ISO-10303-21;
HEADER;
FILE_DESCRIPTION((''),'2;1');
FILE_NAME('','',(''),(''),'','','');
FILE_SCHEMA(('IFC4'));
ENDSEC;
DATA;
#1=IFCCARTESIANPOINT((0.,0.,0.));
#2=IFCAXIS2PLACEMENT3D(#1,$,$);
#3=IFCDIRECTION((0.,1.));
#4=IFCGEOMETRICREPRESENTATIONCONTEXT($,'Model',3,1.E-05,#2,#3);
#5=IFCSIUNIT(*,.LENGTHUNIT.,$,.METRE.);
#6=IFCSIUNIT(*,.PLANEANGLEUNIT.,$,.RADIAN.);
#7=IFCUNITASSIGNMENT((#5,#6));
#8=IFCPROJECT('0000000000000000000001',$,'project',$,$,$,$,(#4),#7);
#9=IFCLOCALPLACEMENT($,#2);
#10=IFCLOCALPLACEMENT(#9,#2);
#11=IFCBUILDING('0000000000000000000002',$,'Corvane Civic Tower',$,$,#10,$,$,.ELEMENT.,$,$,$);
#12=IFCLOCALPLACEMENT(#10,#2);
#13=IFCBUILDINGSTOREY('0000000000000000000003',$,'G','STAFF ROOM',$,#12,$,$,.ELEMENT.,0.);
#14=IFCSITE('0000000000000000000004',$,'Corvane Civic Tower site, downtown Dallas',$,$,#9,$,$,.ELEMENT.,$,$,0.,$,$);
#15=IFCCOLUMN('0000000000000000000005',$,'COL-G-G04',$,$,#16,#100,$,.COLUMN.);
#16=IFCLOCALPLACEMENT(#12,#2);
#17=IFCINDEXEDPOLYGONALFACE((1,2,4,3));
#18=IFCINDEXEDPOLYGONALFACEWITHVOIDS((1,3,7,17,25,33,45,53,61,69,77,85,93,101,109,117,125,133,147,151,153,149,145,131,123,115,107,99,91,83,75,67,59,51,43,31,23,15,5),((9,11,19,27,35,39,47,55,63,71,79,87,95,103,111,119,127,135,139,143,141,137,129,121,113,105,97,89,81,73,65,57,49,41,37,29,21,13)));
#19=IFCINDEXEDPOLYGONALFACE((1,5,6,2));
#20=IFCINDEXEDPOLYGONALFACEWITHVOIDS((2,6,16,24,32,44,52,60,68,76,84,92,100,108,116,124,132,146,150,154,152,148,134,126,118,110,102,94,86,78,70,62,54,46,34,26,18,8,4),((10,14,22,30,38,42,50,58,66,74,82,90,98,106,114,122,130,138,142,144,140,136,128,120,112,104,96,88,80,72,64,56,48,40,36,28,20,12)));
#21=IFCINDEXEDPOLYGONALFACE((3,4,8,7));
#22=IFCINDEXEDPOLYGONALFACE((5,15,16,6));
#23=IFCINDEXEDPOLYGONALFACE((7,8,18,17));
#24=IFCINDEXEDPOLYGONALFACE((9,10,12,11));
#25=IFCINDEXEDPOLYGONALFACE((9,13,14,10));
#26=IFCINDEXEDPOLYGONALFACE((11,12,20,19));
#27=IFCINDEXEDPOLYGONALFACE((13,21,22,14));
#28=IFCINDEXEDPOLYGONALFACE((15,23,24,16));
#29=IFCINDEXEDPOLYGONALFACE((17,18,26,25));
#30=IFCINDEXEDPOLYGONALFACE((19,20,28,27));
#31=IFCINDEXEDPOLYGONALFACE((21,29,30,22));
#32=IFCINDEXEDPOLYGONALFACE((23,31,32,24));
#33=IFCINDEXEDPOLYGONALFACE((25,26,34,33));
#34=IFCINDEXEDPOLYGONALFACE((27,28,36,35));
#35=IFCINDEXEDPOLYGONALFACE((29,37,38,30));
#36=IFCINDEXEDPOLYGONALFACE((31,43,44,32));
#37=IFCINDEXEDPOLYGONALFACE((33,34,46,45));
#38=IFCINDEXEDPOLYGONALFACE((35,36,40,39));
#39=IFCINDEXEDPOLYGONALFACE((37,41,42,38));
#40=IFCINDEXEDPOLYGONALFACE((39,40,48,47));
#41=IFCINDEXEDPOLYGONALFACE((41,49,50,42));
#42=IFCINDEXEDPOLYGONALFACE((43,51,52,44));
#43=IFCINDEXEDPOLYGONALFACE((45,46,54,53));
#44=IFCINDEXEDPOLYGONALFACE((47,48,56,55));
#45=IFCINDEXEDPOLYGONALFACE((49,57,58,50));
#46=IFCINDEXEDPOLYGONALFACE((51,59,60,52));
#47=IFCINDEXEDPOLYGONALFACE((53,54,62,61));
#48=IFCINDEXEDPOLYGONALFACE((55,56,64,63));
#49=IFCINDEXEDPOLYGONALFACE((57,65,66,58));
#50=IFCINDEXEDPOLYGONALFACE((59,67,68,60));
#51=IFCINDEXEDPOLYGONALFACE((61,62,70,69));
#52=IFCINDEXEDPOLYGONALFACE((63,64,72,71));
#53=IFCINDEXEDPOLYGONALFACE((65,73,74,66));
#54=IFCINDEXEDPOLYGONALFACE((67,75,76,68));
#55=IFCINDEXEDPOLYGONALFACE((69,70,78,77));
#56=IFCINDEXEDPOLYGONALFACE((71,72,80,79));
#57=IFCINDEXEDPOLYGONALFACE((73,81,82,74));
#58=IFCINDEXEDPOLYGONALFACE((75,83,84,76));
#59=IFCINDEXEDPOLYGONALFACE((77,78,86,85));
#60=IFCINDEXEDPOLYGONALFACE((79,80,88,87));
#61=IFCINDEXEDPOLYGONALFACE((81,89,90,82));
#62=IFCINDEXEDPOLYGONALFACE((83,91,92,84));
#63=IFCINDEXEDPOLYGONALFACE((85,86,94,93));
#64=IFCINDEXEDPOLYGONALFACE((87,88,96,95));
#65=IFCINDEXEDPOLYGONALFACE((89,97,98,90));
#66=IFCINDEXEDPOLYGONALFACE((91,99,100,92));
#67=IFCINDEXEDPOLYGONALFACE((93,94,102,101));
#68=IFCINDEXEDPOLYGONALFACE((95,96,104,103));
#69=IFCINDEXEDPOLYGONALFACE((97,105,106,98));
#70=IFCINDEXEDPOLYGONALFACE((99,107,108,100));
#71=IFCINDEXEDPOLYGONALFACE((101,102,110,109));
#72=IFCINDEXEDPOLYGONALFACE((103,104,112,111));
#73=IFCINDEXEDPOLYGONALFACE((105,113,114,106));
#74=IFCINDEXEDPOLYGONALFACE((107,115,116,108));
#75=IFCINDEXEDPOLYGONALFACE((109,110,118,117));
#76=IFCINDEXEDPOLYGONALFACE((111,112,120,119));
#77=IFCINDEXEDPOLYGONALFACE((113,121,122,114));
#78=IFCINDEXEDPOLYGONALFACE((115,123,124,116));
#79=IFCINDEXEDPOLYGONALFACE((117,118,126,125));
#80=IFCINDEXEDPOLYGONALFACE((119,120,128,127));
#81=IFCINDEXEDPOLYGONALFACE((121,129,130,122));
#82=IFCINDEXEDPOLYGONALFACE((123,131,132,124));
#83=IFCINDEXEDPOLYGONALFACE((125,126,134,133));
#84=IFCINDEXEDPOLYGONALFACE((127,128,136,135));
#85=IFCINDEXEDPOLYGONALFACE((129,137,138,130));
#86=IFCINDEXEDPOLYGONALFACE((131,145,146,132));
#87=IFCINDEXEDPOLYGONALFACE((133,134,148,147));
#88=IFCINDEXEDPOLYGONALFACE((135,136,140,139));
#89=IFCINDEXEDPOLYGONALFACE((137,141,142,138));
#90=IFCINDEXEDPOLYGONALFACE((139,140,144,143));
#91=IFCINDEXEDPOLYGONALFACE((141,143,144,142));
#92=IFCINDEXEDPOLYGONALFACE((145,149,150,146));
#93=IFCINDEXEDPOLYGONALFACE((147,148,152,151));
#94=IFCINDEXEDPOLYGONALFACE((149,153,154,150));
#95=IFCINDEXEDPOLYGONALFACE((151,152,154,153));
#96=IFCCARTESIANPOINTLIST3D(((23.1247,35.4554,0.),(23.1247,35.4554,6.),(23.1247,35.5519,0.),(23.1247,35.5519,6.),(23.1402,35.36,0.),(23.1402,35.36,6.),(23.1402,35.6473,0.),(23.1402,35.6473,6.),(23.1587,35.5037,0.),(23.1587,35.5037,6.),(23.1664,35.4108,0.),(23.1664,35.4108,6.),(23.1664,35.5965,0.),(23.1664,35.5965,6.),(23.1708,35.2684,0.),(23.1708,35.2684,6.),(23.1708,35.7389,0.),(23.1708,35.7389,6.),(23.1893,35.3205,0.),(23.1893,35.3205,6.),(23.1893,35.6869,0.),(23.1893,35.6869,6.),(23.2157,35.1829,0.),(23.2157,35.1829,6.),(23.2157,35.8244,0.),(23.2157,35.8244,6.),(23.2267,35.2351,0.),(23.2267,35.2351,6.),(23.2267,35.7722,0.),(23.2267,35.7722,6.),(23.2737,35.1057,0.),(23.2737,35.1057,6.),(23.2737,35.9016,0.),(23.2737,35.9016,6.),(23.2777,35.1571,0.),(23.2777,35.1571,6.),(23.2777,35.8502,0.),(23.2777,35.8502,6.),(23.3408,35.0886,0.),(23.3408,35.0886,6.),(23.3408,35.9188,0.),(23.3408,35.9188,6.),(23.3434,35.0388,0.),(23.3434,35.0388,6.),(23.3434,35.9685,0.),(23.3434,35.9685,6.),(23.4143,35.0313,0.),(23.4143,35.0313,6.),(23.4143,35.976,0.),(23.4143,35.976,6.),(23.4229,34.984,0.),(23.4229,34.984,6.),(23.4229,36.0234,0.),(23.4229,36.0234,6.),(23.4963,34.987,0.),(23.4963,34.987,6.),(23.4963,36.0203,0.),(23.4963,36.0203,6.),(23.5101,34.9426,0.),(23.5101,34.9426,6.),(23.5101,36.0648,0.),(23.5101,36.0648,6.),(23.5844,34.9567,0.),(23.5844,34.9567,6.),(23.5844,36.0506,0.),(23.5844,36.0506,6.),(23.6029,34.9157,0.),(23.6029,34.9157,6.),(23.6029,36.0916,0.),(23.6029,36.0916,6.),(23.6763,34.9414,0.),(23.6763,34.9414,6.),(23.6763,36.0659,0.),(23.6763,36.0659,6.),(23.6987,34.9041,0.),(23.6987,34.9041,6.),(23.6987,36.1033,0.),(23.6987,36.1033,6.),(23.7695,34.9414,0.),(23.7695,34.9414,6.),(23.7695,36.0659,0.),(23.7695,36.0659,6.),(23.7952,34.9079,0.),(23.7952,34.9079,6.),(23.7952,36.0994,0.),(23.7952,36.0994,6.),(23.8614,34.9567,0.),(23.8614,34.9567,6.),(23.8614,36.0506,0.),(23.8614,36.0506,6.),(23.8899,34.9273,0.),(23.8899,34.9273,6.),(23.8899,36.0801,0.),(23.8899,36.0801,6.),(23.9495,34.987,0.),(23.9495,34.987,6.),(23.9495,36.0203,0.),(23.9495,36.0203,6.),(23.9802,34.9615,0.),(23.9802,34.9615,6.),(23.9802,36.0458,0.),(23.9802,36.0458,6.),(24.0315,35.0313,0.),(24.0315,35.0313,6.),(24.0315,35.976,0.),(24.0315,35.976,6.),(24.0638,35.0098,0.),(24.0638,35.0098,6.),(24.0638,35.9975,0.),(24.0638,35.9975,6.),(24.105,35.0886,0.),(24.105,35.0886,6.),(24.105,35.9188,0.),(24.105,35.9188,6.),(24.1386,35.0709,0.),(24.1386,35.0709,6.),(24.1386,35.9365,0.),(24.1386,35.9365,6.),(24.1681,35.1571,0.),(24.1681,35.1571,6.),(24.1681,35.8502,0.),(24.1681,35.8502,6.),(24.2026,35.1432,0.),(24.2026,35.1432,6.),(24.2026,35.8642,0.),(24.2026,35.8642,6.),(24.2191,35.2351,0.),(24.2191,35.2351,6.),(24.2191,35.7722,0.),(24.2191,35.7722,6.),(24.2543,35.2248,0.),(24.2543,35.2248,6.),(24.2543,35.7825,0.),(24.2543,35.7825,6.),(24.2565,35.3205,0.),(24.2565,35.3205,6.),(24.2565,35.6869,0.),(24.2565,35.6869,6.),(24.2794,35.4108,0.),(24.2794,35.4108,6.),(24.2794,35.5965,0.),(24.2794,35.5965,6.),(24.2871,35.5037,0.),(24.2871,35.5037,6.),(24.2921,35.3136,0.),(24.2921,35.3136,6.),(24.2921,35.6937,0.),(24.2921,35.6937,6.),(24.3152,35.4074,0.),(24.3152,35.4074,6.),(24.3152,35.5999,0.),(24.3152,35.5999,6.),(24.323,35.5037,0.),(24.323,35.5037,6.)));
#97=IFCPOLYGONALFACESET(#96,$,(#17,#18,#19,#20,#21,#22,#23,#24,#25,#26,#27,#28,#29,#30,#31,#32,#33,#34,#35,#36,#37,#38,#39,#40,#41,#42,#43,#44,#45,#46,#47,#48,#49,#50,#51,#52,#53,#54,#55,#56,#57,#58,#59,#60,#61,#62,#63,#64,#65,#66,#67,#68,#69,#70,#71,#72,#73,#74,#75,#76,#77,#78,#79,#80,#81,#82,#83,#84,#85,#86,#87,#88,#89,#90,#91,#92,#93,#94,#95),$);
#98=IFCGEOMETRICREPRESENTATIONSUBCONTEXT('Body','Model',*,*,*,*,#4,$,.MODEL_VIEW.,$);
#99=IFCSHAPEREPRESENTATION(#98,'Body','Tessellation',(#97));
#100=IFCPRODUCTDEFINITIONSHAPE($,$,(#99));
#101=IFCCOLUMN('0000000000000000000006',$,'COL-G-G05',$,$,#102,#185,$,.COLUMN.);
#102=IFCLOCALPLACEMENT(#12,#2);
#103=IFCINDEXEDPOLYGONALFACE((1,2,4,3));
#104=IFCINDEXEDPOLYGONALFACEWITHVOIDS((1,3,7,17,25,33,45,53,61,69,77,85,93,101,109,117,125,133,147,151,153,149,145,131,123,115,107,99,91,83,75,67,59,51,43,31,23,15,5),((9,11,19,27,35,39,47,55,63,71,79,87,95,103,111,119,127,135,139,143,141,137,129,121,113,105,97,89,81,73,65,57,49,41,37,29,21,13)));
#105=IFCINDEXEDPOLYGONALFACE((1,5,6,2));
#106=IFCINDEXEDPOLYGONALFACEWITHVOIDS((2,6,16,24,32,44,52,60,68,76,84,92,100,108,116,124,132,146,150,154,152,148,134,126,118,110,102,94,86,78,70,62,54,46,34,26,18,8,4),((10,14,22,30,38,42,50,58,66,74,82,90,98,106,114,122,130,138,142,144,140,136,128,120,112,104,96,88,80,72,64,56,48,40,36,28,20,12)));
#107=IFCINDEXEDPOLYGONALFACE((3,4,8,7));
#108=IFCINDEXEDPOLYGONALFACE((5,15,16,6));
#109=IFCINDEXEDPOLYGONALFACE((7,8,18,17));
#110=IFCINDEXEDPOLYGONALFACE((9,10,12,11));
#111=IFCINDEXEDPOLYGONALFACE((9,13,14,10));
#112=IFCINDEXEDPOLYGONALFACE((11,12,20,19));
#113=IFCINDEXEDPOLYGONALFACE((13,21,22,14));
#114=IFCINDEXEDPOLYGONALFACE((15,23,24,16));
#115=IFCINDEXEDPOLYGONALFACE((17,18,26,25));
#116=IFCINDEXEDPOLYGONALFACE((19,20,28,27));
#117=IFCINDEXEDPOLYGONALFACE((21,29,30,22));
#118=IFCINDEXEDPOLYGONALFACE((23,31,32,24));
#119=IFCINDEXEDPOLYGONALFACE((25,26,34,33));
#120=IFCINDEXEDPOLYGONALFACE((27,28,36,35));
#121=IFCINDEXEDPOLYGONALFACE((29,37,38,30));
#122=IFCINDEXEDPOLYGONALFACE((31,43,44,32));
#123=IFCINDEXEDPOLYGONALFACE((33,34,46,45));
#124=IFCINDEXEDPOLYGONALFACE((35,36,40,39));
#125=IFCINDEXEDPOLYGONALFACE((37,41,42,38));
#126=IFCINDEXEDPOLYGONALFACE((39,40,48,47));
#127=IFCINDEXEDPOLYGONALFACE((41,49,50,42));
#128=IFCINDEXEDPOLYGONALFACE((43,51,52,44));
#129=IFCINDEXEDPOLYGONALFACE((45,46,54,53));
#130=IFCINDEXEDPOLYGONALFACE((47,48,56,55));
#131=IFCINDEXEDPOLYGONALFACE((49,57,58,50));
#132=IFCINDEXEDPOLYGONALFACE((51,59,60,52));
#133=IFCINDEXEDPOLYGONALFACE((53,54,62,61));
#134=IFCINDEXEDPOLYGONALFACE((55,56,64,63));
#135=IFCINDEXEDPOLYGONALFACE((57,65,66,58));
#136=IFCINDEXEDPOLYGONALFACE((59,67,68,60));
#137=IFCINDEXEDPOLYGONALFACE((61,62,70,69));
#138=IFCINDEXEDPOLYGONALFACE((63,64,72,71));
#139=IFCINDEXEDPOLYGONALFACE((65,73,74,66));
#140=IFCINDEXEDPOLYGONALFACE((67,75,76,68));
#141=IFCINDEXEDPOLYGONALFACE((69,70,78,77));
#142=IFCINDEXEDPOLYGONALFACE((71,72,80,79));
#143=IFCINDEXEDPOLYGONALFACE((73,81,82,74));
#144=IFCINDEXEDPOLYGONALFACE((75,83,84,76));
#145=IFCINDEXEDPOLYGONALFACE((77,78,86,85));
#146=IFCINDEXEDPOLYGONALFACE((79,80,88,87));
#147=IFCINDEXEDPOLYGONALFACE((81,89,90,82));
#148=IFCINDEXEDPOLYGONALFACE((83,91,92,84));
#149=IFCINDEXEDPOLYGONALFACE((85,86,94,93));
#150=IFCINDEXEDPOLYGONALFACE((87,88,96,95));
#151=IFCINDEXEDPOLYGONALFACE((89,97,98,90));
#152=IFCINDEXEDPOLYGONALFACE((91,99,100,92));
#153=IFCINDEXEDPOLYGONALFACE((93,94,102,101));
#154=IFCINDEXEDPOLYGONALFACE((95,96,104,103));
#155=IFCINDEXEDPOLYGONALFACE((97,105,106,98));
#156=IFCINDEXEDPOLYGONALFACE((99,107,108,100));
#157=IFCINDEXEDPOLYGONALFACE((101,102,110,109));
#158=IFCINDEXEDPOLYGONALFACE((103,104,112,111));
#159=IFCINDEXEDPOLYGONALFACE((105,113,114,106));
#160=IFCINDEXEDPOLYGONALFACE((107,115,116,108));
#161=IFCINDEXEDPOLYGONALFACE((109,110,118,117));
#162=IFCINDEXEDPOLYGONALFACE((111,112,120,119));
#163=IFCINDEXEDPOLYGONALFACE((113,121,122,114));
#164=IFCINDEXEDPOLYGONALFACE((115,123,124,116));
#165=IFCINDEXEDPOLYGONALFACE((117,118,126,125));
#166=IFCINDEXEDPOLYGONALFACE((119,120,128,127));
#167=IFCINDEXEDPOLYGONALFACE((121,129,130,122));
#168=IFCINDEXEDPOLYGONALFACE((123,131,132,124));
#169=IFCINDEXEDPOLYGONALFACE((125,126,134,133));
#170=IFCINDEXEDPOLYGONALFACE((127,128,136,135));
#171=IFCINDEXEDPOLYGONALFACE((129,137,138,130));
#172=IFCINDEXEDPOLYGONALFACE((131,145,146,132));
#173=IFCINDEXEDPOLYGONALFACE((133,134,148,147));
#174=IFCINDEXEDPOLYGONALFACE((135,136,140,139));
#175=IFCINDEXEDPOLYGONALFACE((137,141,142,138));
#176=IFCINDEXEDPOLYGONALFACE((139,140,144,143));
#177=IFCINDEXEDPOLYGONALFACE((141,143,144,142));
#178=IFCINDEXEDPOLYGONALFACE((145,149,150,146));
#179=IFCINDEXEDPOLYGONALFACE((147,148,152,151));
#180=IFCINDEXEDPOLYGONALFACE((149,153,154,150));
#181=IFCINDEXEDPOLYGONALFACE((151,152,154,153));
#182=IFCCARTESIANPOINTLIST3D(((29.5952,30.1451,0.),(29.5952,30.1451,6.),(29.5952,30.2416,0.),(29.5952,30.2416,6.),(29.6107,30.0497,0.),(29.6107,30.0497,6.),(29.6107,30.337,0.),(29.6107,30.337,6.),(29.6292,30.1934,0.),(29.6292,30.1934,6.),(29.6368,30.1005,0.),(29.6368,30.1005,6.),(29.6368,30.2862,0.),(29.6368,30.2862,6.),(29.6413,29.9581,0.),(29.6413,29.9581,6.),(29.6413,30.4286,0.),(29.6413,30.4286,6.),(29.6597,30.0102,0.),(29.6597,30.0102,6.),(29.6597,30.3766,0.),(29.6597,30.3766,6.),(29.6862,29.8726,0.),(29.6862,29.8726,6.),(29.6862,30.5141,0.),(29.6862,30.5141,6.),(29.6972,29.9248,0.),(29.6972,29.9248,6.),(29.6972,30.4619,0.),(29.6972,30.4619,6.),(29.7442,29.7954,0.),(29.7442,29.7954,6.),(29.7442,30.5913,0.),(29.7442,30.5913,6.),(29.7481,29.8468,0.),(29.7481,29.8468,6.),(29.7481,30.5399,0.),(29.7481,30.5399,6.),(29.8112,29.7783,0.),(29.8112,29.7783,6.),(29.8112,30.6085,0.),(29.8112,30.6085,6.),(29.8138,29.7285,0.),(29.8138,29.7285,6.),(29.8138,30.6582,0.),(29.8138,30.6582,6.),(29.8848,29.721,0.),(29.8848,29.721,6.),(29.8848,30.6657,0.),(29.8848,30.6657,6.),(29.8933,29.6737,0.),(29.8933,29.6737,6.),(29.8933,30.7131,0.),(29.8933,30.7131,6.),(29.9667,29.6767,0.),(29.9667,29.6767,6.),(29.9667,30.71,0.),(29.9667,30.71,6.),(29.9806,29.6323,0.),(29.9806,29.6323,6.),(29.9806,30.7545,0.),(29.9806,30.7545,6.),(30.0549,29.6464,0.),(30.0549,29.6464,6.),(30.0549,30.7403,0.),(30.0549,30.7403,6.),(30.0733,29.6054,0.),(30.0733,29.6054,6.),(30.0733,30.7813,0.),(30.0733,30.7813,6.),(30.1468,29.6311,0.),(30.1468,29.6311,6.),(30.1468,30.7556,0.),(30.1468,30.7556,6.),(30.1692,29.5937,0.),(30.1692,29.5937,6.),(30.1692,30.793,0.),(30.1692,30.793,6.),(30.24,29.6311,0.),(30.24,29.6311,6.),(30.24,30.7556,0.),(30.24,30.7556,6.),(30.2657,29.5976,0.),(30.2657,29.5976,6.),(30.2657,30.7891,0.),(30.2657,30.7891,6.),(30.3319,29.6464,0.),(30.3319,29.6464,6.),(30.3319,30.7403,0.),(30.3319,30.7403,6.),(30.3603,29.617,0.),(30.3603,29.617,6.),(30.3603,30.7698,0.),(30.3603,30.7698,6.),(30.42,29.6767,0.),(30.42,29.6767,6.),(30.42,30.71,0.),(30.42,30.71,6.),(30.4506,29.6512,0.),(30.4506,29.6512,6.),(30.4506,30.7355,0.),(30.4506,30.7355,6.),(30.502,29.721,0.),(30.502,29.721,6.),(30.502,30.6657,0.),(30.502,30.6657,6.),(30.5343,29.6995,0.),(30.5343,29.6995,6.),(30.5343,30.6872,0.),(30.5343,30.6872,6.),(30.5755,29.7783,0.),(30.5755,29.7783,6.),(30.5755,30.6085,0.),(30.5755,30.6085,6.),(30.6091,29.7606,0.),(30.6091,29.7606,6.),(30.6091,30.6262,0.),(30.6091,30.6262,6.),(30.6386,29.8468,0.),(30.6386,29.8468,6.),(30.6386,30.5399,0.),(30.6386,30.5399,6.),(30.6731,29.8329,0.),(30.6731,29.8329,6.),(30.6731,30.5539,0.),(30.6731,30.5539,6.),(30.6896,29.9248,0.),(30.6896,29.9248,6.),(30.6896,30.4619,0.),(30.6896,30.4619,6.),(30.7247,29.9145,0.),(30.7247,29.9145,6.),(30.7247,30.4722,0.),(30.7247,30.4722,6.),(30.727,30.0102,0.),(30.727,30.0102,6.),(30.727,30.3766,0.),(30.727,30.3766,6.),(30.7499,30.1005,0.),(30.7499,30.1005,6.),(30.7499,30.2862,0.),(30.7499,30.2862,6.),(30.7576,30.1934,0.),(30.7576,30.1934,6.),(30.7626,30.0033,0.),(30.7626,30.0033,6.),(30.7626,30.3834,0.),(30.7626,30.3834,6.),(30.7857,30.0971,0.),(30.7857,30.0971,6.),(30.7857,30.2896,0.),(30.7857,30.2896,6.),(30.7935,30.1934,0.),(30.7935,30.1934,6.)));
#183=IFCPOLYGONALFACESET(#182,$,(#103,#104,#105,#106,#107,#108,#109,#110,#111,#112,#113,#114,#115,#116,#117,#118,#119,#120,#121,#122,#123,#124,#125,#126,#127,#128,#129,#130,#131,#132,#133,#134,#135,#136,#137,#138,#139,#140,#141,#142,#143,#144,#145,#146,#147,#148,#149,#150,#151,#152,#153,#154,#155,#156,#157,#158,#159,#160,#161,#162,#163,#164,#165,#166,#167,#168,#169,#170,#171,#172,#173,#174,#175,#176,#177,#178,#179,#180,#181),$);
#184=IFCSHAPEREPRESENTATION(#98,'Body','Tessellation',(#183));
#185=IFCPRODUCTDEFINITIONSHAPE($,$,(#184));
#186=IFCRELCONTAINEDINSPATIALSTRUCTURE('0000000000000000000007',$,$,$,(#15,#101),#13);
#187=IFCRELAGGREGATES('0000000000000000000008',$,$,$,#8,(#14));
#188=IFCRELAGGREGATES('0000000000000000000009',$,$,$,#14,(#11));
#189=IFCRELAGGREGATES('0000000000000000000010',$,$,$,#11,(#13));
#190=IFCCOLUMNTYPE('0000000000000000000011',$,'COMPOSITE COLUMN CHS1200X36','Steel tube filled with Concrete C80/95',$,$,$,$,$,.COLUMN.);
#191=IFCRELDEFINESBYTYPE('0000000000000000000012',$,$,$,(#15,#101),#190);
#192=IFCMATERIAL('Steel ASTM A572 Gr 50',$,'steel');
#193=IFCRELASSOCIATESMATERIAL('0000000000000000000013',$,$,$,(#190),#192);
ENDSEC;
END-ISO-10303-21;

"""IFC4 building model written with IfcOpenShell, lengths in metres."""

from ifc_helpers import new_model, si_unit, direction, frame, origin, origin_2d, place, context, subcontext, project, spatial, hollow_circle, extrude, material, material_profile, profile_set, type_object, element, save


model = new_model("IFC4")

# Units and contexts
model_context = context("Model", 3, precision=1e-05, world=origin(), true_north=direction((0.0, 1.0)))
body_context = subcontext(model_context, "Body", "Model", "MODEL_VIEW")
ifc_project = project(units=[si_unit("LENGTHUNIT", "METRE"), si_unit("PLANEANGLEUNIT", "RADIAN")], contexts=[model_context])

# Site, building, storey
site_placement = place(None, origin())
site = spatial("IfcSite", under=ifc_project, at=site_placement, Name="Corvane Civic Tower site, downtown Dallas", CompositionType="ELEMENT", RefElevation=0.0)
building_placement = place(site_placement, origin())
building = spatial("IfcBuilding", under=site, at=building_placement, Name="Corvane Civic Tower", CompositionType="ELEMENT")
storey_placement = place(building_placement, origin())
storey = spatial("IfcBuildingStorey", under=building, at=storey_placement, Name="G", Description="STAFF ROOM", CompositionType="ELEMENT", Elevation=0.0)

# Columns
ifc_material_1 = material(Name="Steel ASTM A572 Gr 50", Category="steel")
ifc_material_profile_1 = material_profile(ifc_material_1, hollow_circle(Radius=0.6001, WallThickness=0.0359, at=origin_2d()), Name="CHS1200X36")
ifc_profile_set_1 = profile_set([ifc_material_profile_1], Name="Steel ASTM A572 Gr 50")
column_type_1 = type_object("IfcColumnType", Name="COMPOSITE COLUMN CHS1200X36", Description="Steel tube filled with Concrete C80/95", PredefinedType="COLUMN", material=ifc_profile_set_1)
for number, where, z_axis, x_axis, name in (
    (1, (23.7229, 35.5037, 0.0), (0.0, 0.0, 1.0), (1.0, 0.0, 0.0), "COL-G-G04"),
    (2, (30.1934, 30.1934, 0.0), (0.0, 0.0, 1.0), (1.0, 0.0, 0.0), "COL-G-G05"),
):
    element("IfcColumn", number, at=place(storey_placement, frame(where, z_axis=z_axis, x_axis=x_axis)), inside=storey, type_object=column_type_1, Name=name, PredefinedType="COLUMN", context=body_context, shape_type="SweptSolid", body=[
        extrude(hollow_circle(Radius=0.6001, WallThickness=0.0359, at=origin_2d()), origin(), (0.0, 0.0, 1.0), 6.0),
    ])

save(model, "model.ifc")
